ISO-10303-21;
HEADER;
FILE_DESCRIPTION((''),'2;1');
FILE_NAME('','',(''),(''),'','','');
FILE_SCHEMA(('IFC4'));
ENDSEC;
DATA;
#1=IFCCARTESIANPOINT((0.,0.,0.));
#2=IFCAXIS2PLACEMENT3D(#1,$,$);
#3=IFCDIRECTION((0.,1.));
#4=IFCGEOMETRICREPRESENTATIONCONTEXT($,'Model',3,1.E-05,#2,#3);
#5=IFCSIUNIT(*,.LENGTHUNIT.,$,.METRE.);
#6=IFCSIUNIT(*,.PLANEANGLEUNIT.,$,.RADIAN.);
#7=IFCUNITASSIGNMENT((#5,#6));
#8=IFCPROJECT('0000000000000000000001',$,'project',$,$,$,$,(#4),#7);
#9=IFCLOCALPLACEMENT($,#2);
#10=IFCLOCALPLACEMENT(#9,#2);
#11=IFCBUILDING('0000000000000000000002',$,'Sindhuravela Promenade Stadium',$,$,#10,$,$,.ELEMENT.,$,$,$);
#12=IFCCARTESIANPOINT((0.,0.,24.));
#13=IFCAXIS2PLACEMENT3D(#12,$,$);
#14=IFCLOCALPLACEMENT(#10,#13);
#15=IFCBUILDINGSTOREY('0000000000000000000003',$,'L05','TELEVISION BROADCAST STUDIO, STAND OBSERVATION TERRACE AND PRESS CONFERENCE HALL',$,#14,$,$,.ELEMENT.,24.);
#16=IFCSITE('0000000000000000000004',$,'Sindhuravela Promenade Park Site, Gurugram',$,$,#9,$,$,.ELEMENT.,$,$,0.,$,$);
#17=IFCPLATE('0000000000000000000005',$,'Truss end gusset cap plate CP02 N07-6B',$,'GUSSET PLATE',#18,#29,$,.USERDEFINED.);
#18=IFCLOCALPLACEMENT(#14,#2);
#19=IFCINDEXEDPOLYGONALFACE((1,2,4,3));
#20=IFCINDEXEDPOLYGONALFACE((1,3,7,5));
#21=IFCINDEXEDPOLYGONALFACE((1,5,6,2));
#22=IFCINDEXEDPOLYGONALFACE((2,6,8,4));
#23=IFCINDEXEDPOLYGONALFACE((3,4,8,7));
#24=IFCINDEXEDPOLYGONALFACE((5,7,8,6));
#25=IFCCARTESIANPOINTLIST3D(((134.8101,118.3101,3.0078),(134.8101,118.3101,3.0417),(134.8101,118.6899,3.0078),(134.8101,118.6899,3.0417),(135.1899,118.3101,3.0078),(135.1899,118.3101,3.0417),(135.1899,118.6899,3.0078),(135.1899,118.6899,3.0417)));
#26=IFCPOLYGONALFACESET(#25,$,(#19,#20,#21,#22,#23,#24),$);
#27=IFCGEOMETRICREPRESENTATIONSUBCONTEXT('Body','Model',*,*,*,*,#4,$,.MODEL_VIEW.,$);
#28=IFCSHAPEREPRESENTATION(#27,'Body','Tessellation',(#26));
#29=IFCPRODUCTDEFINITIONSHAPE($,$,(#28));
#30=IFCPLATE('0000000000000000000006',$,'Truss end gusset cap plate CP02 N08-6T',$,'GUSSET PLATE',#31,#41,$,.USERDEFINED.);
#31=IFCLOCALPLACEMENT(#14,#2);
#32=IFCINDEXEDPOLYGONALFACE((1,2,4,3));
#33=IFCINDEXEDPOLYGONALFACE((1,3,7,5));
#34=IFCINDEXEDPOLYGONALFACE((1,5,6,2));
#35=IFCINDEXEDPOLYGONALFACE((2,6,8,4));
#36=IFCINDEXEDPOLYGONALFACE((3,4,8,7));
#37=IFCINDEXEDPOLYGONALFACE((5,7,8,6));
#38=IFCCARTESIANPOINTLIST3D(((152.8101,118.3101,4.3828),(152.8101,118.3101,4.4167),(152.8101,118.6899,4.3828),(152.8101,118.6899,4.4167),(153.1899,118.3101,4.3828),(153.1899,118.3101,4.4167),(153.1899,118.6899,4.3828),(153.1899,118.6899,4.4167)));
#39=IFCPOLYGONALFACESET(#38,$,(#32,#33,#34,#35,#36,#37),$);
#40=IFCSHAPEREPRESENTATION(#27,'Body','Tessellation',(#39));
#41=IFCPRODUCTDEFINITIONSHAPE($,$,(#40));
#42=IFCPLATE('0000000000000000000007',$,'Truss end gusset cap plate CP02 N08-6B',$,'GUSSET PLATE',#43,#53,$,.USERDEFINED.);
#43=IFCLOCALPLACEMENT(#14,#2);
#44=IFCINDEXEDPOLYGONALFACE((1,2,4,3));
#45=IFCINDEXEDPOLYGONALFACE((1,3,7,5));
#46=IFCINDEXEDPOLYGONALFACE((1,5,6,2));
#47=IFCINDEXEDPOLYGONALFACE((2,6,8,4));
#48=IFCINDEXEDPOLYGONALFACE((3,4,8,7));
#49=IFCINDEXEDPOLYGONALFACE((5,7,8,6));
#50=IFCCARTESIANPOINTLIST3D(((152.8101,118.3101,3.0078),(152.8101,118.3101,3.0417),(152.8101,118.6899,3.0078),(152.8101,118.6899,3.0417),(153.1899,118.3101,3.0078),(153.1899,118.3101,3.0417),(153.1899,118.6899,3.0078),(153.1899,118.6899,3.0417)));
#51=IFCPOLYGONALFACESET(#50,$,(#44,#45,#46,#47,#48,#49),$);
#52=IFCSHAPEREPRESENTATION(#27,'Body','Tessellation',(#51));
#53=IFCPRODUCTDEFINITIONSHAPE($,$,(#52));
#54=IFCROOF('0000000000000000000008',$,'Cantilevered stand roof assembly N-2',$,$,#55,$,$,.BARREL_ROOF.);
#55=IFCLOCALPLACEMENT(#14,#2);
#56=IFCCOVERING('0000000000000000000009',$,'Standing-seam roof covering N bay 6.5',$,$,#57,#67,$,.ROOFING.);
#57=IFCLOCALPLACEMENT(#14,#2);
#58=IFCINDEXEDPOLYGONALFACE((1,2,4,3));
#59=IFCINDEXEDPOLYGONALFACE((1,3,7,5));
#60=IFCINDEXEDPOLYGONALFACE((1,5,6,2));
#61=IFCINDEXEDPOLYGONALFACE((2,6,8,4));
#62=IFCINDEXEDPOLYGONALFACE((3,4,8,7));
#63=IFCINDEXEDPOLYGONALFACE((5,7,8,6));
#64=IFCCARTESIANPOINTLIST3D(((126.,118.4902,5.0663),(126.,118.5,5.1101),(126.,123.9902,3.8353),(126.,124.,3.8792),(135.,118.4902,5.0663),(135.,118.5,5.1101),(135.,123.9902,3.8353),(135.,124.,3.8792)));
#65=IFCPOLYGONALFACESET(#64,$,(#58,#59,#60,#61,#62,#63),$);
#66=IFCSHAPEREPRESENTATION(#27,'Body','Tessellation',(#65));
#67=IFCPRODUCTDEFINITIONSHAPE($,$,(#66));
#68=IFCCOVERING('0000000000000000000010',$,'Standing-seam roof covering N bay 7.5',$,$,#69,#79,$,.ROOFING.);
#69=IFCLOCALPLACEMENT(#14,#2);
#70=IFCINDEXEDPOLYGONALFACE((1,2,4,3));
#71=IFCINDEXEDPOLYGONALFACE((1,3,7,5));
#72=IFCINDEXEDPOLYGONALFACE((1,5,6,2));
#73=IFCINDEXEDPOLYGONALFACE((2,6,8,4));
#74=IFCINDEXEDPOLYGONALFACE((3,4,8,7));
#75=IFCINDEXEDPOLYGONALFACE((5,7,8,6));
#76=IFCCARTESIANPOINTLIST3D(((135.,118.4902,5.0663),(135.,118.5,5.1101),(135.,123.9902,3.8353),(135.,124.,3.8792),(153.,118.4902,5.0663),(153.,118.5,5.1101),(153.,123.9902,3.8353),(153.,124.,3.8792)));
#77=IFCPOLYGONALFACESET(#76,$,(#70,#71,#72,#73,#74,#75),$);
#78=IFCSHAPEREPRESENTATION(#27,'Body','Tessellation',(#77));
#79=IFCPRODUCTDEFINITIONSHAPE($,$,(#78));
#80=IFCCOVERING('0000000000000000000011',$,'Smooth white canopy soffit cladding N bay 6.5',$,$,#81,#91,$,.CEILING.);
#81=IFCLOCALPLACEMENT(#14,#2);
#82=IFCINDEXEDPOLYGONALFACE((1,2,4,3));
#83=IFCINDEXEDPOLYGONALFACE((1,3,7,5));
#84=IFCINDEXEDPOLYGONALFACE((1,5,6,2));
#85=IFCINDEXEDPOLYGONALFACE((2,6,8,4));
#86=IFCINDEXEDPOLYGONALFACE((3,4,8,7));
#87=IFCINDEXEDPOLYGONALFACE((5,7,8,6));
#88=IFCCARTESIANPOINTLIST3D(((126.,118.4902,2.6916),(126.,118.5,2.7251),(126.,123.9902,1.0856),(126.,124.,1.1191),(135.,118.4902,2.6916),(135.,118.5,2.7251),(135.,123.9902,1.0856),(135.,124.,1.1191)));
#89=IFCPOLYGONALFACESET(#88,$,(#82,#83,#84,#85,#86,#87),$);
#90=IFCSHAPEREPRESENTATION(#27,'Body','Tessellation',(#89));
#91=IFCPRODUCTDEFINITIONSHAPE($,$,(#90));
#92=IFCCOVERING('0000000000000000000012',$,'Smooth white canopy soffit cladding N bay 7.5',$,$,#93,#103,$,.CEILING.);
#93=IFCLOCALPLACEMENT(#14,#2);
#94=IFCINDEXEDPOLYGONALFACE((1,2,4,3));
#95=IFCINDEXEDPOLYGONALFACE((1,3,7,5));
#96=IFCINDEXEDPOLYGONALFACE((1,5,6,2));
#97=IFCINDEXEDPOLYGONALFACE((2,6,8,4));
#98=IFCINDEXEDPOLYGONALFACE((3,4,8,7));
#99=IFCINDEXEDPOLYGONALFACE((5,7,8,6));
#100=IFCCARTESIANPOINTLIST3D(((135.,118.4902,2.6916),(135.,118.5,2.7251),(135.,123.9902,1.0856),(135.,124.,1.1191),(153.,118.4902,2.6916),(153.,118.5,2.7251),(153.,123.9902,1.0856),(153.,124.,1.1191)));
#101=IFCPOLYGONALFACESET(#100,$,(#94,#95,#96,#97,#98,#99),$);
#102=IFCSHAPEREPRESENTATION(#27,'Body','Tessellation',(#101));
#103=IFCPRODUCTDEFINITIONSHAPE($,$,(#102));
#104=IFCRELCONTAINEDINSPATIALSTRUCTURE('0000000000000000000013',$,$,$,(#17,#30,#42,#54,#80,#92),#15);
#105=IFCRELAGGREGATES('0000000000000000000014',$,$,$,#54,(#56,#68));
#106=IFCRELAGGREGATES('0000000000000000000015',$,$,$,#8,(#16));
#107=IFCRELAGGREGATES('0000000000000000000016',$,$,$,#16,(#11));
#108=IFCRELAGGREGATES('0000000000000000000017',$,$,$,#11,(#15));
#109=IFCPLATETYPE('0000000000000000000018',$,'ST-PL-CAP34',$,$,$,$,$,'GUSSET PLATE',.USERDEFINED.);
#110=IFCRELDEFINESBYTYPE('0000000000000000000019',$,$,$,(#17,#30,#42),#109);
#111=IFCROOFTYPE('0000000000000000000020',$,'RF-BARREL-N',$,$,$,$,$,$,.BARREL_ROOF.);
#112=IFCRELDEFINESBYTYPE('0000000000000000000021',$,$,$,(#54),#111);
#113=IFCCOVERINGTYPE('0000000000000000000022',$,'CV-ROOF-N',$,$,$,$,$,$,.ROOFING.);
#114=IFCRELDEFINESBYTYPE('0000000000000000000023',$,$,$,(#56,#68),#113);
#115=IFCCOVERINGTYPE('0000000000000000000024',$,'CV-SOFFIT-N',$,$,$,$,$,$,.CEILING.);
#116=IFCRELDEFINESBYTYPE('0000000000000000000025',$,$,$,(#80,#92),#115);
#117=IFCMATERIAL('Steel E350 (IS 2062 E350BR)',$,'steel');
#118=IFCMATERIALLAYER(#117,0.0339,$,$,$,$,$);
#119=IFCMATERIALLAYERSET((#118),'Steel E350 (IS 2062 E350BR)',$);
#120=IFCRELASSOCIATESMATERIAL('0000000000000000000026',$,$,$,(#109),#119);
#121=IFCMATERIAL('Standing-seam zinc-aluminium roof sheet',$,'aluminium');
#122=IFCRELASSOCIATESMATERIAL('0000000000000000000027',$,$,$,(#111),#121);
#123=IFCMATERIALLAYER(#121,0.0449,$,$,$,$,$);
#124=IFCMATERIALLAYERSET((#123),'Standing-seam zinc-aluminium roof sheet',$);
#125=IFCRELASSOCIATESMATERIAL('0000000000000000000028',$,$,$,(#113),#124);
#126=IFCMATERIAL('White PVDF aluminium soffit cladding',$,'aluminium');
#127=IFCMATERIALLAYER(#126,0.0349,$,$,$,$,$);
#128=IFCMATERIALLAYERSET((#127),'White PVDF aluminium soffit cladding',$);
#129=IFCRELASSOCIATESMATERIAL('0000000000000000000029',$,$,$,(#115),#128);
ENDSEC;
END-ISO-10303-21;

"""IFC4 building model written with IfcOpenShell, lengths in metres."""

from ifc_helpers import new_model, si_unit, direction, frame, origin, origin_2d, place, context, subcontext, project, spatial, polyline, rectangle, outline, extrude, material, layer, layer_set, type_object, element, aggregate, save


model = new_model("IFC4")

# Units and contexts
model_context = context("Model", 3, precision=1e-05, world=origin(), true_north=direction((0.0, 1.0)))
body_context = subcontext(model_context, "Body", "Model", "MODEL_VIEW")
ifc_project = project(units=[si_unit("LENGTHUNIT", "METRE"), si_unit("PLANEANGLEUNIT", "RADIAN")], contexts=[model_context])

# Site, building, storey
site_placement = place(None, origin())
site = spatial("IfcSite", under=ifc_project, at=site_placement, Name="Sindhuravela Promenade Park Site, Gurugram", CompositionType="ELEMENT", RefElevation=0.0)
building_placement = place(site_placement, origin())
building = spatial("IfcBuilding", under=site, at=building_placement, Name="Sindhuravela Promenade Stadium", CompositionType="ELEMENT")
storey_placement = place(building_placement, frame((0.0, 0.0, 24.0)))
storey = spatial("IfcBuildingStorey", under=building, at=storey_placement, Name="L05", Description="TELEVISION BROADCAST STUDIO, STAND OBSERVATION TERRACE AND PRESS CONFERENCE HALL", CompositionType="ELEMENT", Elevation=24.0)

# Shared definitions
ifc_material_1 = material(Name="Steel E350 (IS 2062 E350BR)", Category="steel")

# Plates
ifc_layer_1 = layer(ifc_material_1, 0.0339)
ifc_layer_set_1 = layer_set([ifc_layer_1], Name="Steel E350 (IS 2062 E350BR)")
plate_type_1 = type_object("IfcPlateType", Name="ST-PL-CAP34", ElementType="GUSSET PLATE", PredefinedType="USERDEFINED", material=ifc_layer_set_1)
for number, where, z_axis, x_axis, name in (
    (1, (135.0, 118.5, 3.0078), (0.0, 0.0, 1.0), (1.0, 0.0, 0.0), "Truss end gusset cap plate CP02 N07-6B"),
    (2, (153.0, 118.5, 4.3828), (0.0, 0.0, 1.0), (1.0, 0.0, 0.0), "Truss end gusset cap plate CP02 N08-6T"),
    (3, (153.0, 118.5, 3.0078), (0.0, 0.0, 1.0), (1.0, 0.0, 0.0), "Truss end gusset cap plate CP02 N08-6B"),
):
    element("IfcPlate", number, at=place(storey_placement, frame(where, z_axis=z_axis, x_axis=x_axis)), inside=storey, type_object=plate_type_1, Name=name, ObjectType="GUSSET PLATE", PredefinedType="USERDEFINED", context=body_context, shape_type="SweptSolid", body=[
        extrude(rectangle(XDim=0.3799, YDim=0.3799, at=origin_2d()), origin(), (0.0, 0.0, 1.0), 0.0339),
    ])

# Roof, coverings
ifc_material_2 = material(Name="Standing-seam zinc-aluminium roof sheet", Category="aluminium")
roof_type = type_object("IfcRoofType", Name="RF-BARREL-N", PredefinedType="BARREL_ROOF", material=ifc_material_2)
roof_placement = place(storey_placement, origin())
roof = element("IfcRoof", 4, at=roof_placement, inside=storey, type_object=roof_type, Name="Cantilevered stand roof assembly N-2", PredefinedType="BARREL_ROOF")
ifc_layer_2 = layer(ifc_material_2, 0.0449)
ifc_layer_set_2 = layer_set([ifc_layer_2], Name="Standing-seam zinc-aluminium roof sheet")
covering_type_1 = type_object("IfcCoveringType", Name="CV-ROOF-N", PredefinedType="ROOFING", material=ifc_layer_set_2)
covering_1_placement = place(storey_placement, frame((126.0, 124.0, 3.8792), z_axis=(0.0, 0.218407, 0.975858), x_axis=(1.0, 0.0, 0.0)))
covering_1 = element("IfcCovering", 5, at=covering_1_placement, type_object=covering_type_1, Name="Standing-seam roof covering N bay 6.5", PredefinedType="ROOFING", context=body_context, shape_type="SweptSolid", body=[
    extrude(outline(polyline([(0.0, 0.0), (0.0, -5.6361), (9.0, -5.6361), (9.0, 0.0), (0.0, 0.0)])), origin(), (0.0, 0.0, -1.0), 0.0449),
])
covering_2_placement = place(storey_placement, frame((135.0, 124.0, 3.8792), z_axis=(0.0, 0.218407, 0.975858), x_axis=(1.0, 0.0, 0.0)))
covering_2 = element("IfcCovering", 6, at=covering_2_placement, type_object=covering_type_1, Name="Standing-seam roof covering N bay 7.5", PredefinedType="ROOFING", context=body_context, shape_type="SweptSolid", body=[
    extrude(outline(polyline([(0.0, 0.0), (0.0, -5.6361), (18.0, -5.6361), (18.0, 0.0), (0.0, 0.0)])), origin(), (0.0, 0.0, -1.0), 0.0449),
])
aggregate(roof, [covering_1, covering_2])

# Coverings
ifc_material_3 = material(Name="White PVDF aluminium soffit cladding", Category="aluminium")
ifc_layer_3 = layer(ifc_material_3, 0.0349)
ifc_layer_set_3 = layer_set([ifc_layer_3], Name="White PVDF aluminium soffit cladding")
covering_type_2 = type_object("IfcCoveringType", Name="CV-SOFFIT-N", PredefinedType="CEILING", material=ifc_layer_set_3)
covering_3_placement = place(storey_placement, frame((126.0, 124.0, 1.1191), z_axis=(0.0, 0.280288, 0.959916), x_axis=(1.0, 0.0, 0.0)))
element("IfcCovering", 7, at=covering_3_placement, inside=storey, type_object=covering_type_2, Name="Smooth white canopy soffit cladding N bay 6.5", PredefinedType="CEILING", context=body_context, shape_type="SweptSolid", body=[
    extrude(outline(polyline([(0.0, 0.0), (0.0, -5.7297), (9.0, -5.7297), (9.0, 0.0), (0.0, 0.0)])), origin(), (0.0, 0.0, -1.0), 0.0349),
])
covering_4_placement = place(storey_placement, frame((135.0, 124.0, 1.1191), z_axis=(0.0, 0.280288, 0.959916), x_axis=(1.0, 0.0, 0.0)))
element("IfcCovering", 8, at=covering_4_placement, inside=storey, type_object=covering_type_2, Name="Smooth white canopy soffit cladding N bay 7.5", PredefinedType="CEILING", context=body_context, shape_type="SweptSolid", body=[
    extrude(outline(polyline([(0.0, 0.0), (0.0, -5.7297), (18.0, -5.7297), (18.0, 0.0), (0.0, 0.0)])), origin(), (0.0, 0.0, -1.0), 0.0349),
])

save(model, "model.ifc")
